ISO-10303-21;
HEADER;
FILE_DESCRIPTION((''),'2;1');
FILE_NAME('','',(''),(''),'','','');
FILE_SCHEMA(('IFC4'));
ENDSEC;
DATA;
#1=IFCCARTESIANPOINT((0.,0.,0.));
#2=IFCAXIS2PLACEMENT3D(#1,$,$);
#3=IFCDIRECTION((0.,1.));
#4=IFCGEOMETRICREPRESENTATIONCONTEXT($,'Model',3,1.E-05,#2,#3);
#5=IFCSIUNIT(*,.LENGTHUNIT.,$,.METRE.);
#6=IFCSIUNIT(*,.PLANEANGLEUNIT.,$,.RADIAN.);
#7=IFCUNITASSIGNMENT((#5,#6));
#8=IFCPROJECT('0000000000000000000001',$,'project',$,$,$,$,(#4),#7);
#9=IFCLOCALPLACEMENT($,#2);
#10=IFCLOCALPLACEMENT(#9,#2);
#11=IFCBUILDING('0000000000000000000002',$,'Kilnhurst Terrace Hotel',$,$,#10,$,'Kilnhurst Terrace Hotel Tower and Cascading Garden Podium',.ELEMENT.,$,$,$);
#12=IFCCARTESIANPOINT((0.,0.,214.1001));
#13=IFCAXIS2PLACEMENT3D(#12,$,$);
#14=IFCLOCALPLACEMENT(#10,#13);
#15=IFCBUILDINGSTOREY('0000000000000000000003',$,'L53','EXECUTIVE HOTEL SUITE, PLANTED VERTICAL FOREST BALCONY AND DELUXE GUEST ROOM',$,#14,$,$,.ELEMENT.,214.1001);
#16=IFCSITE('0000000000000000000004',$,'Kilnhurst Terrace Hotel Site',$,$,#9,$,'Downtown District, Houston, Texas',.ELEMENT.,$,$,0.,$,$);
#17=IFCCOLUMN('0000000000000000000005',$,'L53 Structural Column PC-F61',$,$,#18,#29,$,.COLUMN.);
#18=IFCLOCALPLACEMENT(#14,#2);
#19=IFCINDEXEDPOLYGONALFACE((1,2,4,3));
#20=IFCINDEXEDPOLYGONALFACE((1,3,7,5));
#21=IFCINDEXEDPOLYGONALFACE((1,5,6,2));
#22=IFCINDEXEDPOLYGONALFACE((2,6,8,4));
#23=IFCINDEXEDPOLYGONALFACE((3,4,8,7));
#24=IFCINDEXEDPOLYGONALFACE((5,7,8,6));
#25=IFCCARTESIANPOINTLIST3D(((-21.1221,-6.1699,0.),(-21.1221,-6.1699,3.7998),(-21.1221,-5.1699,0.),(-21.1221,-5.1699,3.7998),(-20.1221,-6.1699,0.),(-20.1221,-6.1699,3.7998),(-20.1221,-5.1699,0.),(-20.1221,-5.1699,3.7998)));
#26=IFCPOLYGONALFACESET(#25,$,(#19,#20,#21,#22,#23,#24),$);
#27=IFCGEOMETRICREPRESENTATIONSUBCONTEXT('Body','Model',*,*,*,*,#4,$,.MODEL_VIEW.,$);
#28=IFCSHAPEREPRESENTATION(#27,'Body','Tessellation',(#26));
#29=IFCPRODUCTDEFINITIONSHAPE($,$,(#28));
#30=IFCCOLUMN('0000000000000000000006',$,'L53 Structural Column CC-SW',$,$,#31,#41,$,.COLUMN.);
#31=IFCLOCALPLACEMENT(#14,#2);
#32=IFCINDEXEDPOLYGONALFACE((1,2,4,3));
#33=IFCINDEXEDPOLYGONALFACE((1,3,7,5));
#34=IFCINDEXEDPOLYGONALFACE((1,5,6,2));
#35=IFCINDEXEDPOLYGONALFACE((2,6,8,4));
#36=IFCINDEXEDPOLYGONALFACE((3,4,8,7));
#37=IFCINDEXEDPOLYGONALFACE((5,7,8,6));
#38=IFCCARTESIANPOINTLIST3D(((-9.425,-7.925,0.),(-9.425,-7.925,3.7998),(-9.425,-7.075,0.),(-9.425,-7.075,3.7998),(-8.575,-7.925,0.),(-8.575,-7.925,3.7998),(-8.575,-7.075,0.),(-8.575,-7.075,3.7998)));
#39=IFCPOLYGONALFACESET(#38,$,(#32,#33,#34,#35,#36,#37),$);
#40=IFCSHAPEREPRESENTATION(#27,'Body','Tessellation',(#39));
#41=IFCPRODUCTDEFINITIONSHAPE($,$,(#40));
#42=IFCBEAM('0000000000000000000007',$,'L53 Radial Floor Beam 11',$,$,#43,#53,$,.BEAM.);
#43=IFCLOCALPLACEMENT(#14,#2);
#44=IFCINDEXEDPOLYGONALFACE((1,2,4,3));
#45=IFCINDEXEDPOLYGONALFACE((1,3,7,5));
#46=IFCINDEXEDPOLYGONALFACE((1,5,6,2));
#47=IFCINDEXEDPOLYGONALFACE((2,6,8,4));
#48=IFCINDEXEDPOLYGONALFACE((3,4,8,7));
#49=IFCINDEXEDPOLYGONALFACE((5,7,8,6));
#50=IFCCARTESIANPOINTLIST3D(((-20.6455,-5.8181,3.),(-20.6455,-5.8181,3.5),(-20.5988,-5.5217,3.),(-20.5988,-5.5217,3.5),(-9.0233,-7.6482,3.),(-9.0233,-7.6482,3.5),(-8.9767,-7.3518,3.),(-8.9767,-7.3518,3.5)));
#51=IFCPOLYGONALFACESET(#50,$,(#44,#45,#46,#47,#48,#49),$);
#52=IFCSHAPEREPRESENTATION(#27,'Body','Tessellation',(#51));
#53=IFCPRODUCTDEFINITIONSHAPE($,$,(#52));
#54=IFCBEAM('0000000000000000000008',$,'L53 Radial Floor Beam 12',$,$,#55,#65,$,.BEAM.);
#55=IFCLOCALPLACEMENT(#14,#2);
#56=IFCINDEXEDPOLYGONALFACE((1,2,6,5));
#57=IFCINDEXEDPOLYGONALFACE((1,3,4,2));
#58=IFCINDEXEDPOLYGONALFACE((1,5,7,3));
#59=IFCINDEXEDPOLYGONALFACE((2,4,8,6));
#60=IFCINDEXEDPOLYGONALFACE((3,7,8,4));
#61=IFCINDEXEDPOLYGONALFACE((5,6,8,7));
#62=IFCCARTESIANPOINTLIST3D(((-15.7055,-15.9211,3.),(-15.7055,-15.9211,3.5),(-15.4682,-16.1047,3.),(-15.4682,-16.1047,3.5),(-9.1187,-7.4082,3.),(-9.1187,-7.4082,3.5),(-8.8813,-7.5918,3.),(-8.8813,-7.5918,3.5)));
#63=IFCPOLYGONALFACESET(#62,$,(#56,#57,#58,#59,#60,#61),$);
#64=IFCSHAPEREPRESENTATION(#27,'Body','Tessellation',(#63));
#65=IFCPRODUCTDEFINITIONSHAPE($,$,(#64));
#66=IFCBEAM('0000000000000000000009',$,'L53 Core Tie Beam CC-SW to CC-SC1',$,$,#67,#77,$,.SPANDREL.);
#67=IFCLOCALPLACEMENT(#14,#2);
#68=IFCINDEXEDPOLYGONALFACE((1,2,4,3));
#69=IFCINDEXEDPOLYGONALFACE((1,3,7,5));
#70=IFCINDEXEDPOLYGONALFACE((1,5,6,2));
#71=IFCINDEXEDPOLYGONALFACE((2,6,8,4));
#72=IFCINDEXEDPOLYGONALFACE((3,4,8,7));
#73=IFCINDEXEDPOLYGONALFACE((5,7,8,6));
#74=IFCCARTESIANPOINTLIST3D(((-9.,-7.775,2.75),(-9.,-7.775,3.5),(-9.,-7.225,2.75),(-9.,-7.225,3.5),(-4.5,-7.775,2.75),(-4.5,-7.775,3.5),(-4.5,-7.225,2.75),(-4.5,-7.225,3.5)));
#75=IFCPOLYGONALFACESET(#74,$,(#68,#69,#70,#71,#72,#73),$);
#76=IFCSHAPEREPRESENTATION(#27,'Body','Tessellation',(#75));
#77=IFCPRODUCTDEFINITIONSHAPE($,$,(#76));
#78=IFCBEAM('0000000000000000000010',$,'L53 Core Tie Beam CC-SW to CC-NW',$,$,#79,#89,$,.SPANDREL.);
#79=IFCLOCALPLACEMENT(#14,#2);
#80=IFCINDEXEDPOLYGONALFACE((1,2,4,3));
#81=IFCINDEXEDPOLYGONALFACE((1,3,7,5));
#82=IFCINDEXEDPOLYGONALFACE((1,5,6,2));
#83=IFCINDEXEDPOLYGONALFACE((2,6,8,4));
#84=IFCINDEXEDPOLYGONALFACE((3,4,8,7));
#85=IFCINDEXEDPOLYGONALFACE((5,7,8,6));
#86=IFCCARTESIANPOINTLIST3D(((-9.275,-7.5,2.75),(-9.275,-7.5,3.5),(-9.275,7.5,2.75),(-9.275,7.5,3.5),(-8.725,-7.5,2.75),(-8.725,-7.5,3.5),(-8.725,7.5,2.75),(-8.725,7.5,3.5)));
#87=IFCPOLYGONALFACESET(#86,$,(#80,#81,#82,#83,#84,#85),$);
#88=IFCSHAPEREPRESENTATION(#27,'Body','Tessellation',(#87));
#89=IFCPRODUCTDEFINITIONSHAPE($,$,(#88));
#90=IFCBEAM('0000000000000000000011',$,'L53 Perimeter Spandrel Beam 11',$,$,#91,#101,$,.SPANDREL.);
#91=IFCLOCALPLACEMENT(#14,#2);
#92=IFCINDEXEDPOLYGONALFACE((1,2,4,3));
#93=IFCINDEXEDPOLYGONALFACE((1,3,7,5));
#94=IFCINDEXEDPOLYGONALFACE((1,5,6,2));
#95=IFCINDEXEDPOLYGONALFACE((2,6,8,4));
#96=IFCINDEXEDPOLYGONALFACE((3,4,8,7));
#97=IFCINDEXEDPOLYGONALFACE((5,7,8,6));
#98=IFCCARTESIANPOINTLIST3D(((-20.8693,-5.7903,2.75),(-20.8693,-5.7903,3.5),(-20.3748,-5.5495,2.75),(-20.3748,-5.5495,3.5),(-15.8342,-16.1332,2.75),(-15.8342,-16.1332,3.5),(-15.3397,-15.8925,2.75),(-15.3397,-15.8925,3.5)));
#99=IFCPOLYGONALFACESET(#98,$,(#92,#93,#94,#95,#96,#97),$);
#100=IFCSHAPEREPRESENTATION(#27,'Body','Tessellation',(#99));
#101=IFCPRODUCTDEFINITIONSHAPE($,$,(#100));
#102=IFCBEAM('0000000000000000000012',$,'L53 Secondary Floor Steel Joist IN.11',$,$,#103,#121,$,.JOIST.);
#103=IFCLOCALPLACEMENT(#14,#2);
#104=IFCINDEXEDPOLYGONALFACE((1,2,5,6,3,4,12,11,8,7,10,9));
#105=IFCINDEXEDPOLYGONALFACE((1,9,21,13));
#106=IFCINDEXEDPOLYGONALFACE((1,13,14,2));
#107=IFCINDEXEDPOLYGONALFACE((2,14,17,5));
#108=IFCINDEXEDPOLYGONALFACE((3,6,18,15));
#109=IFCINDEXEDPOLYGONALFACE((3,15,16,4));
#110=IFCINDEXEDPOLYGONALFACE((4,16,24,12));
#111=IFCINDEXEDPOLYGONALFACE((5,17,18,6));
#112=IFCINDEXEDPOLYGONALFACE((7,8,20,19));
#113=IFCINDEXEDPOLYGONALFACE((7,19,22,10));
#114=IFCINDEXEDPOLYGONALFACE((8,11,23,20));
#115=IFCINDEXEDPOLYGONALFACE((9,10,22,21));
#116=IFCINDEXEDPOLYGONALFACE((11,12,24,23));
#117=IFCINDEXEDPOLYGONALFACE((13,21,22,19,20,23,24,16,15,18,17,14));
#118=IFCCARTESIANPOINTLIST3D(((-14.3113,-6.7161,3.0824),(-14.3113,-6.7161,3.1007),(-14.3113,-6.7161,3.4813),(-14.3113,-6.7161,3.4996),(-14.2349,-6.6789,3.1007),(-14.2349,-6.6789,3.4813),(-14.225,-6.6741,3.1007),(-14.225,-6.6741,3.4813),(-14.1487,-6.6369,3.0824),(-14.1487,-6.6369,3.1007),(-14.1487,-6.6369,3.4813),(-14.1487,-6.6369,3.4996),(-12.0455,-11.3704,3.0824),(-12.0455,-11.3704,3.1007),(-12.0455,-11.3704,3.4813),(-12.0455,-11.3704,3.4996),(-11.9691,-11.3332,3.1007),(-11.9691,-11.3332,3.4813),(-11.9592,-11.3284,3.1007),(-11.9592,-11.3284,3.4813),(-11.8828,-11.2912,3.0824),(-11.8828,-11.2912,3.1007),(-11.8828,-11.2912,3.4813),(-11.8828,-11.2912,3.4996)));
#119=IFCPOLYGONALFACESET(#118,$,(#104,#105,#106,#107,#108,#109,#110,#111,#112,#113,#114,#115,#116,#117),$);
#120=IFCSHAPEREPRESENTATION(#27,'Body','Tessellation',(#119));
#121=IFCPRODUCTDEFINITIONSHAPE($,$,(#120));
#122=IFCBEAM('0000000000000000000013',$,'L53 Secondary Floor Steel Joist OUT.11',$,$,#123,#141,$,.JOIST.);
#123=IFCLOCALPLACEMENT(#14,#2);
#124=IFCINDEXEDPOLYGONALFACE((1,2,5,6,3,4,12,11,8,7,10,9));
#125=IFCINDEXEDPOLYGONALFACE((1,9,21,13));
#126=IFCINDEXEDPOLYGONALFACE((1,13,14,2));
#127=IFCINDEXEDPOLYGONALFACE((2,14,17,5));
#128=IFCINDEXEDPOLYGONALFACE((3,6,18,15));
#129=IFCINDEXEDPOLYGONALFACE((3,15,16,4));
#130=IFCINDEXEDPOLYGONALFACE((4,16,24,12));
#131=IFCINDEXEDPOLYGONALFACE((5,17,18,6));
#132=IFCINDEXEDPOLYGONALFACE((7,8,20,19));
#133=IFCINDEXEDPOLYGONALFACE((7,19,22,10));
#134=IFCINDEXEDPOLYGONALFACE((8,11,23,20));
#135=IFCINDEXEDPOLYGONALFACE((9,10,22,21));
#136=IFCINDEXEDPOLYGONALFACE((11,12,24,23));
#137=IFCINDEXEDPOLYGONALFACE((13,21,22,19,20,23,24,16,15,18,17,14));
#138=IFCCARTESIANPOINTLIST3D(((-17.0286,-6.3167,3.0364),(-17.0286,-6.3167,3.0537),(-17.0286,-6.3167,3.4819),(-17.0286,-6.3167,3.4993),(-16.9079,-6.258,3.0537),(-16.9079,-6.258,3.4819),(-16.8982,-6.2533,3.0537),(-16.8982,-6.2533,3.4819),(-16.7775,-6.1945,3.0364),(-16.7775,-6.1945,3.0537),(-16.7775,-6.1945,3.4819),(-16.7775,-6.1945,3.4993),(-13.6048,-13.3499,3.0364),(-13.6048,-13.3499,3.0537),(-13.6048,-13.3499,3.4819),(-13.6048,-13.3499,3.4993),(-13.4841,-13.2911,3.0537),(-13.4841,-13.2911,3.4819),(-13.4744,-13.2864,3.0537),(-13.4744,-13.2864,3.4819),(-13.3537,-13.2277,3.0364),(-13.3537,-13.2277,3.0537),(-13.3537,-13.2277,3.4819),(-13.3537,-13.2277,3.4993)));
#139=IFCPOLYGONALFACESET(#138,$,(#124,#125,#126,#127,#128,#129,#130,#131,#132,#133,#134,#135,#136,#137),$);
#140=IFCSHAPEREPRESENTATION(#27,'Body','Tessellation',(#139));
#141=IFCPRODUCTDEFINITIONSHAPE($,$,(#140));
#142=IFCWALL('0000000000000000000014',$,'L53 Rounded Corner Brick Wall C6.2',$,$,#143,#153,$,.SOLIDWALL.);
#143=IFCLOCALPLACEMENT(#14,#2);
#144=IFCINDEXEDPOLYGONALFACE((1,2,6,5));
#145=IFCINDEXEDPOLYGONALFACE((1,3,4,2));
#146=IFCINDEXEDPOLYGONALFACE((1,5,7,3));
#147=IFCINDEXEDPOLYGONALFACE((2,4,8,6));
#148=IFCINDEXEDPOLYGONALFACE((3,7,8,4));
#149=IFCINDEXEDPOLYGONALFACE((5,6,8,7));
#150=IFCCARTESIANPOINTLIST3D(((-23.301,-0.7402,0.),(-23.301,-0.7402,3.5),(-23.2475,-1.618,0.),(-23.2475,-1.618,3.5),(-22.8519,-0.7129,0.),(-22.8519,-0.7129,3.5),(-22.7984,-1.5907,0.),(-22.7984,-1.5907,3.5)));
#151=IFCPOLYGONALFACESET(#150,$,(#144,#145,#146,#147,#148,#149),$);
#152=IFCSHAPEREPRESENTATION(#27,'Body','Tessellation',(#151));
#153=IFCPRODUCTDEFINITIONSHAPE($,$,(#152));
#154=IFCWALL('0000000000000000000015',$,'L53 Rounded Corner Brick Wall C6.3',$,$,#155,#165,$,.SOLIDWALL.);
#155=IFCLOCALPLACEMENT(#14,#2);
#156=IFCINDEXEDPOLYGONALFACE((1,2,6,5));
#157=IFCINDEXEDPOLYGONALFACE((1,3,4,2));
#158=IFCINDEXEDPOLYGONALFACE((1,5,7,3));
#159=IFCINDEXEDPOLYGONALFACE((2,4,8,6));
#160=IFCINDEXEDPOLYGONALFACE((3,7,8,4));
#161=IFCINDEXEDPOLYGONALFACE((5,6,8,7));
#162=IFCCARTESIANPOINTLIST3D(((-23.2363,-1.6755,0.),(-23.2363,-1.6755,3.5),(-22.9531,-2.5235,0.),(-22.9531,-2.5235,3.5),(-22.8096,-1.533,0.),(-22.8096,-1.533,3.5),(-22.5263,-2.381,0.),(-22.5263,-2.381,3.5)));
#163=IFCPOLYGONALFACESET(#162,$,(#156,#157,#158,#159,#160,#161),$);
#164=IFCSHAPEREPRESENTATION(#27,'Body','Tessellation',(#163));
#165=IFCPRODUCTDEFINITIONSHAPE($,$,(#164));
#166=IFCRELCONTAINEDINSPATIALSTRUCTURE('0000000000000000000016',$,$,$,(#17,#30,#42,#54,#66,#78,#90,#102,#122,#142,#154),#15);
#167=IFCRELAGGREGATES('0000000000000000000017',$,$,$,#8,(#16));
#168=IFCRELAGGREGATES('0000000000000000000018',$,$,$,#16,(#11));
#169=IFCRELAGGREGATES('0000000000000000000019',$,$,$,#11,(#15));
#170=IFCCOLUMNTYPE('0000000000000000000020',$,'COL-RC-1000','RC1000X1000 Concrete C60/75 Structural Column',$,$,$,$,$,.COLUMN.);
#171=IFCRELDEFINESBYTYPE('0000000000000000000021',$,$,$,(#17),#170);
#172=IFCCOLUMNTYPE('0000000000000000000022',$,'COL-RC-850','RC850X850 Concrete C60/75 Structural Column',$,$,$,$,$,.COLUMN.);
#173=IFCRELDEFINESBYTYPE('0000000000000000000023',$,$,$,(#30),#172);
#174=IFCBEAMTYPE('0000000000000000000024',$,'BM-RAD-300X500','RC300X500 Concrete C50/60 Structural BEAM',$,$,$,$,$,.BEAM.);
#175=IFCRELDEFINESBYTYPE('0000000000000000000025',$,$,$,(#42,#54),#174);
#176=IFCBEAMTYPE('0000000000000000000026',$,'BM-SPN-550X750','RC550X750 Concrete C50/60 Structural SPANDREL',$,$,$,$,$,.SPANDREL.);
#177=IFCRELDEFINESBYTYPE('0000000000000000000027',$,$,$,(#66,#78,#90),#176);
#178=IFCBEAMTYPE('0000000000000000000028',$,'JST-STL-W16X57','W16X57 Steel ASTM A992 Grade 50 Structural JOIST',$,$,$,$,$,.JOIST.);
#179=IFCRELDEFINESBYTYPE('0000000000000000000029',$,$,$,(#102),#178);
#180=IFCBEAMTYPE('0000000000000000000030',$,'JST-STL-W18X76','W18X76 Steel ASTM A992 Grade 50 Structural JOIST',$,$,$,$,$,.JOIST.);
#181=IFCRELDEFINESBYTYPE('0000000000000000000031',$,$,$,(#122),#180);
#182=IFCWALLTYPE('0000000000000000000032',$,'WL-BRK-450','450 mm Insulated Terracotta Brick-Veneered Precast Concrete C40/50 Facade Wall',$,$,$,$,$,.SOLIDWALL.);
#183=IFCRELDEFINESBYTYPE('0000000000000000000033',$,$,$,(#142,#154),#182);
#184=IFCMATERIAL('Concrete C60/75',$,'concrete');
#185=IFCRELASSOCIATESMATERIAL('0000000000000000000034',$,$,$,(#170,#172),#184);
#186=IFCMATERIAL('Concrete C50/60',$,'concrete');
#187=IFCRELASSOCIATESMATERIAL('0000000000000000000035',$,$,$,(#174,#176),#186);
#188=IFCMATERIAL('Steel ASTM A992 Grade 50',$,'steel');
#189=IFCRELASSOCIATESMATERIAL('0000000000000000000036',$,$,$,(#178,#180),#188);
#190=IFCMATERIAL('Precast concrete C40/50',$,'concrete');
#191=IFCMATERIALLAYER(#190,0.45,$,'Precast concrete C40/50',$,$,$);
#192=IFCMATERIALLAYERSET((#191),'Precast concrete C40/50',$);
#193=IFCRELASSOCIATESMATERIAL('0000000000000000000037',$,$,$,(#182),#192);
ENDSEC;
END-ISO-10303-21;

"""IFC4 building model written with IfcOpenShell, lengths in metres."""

from ifc_helpers import new_model, si_unit, direction, frame, frame_2d, origin, origin_2d, place, context, subcontext, project, spatial, rectangle, i_section, extrude, material, layer, layer_set, material_profile, profile_set, type_object, element, save


model = new_model("IFC4")

# Units and contexts
model_context = context("Model", 3, precision=1e-05, world=origin(), true_north=direction((0.0, 1.0)))
body_context = subcontext(model_context, "Body", "Model", "MODEL_VIEW")
ifc_project = project(units=[si_unit("LENGTHUNIT", "METRE"), si_unit("PLANEANGLEUNIT", "RADIAN")], contexts=[model_context])

# Site, building, storey
site_placement = place(None, origin())
site = spatial("IfcSite", under=ifc_project, at=site_placement, Name="Kilnhurst Terrace Hotel Site", LongName="Downtown District, Houston, Texas", CompositionType="ELEMENT", RefElevation=0.0)
building_placement = place(site_placement, origin())
building = spatial("IfcBuilding", under=site, at=building_placement, Name="Kilnhurst Terrace Hotel", LongName="Kilnhurst Terrace Hotel Tower and Cascading Garden Podium", CompositionType="ELEMENT")
storey_placement = place(building_placement, frame((0.0, 0.0, 214.1001)))
storey = spatial("IfcBuildingStorey", under=building, at=storey_placement, Name="L53", Description="EXECUTIVE HOTEL SUITE, PLANTED VERTICAL FOREST BALCONY AND DELUXE GUEST ROOM", CompositionType="ELEMENT", Elevation=214.1001)

# Columns
ifc_material_1 = material(Name="Concrete C60/75", Category="concrete")
ifc_material_profile_1 = material_profile(ifc_material_1, rectangle(XDim=1.0, YDim=1.0, at=origin_2d()), Name="RC1000X1000")
ifc_profile_set_1 = profile_set([ifc_material_profile_1], Name="Concrete C60/75")
column_type_1 = type_object("IfcColumnType", Name="COL-RC-1000", Description="RC1000X1000 Concrete C60/75 Structural Column", PredefinedType="COLUMN", material=ifc_profile_set_1)
column_1_placement = place(storey_placement, frame((-20.6221, -5.6699, 0.0), z_axis=(0.0, 0.0, 1.0), x_axis=(1.0, 0.0, 0.0)))
element("IfcColumn", 1, at=column_1_placement, inside=storey, type_object=column_type_1, Name="L53 Structural Column PC-F61", PredefinedType="COLUMN", context=body_context, shape_type="SweptSolid", body=[
    extrude(rectangle(XDim=1.0, YDim=1.0, at=origin_2d()), origin(), (0.0, 0.0, 1.0), 3.7998),
])
ifc_material_profile_2 = material_profile(ifc_material_1, rectangle(XDim=0.8501, YDim=0.8501, at=origin_2d()), Name="RC850X850")
ifc_profile_set_2 = profile_set([ifc_material_profile_2], Name="Concrete C60/75")
column_type_2 = type_object("IfcColumnType", Name="COL-RC-850", Description="RC850X850 Concrete C60/75 Structural Column", PredefinedType="COLUMN", material=ifc_profile_set_2)
column_2_placement = place(storey_placement, frame((-9.0, -7.5, 0.0), z_axis=(0.0, 0.0, 1.0), x_axis=(1.0, 0.0, 0.0)))
element("IfcColumn", 2, at=column_2_placement, inside=storey, type_object=column_type_2, Name="L53 Structural Column CC-SW", PredefinedType="COLUMN", context=body_context, shape_type="SweptSolid", body=[
    extrude(rectangle(XDim=0.8501, YDim=0.8501, at=origin_2d()), origin(), (0.0, 0.0, 1.0), 3.7998),
])

# Beams
ifc_material_2 = material(Name="Concrete C50/60", Category="concrete")
ifc_material_profile_3 = material_profile(ifc_material_2, rectangle(XDim=0.3, YDim=0.5, at=origin_2d()), Name="RC300X500")
ifc_profile_set_3 = profile_set([ifc_material_profile_3], Name="Concrete C50/60")
beam_type_1 = type_object("IfcBeamType", Name="BM-RAD-300X500", Description="RC300X500 Concrete C50/60 Structural BEAM", PredefinedType="BEAM", material=ifc_profile_set_3)
beam_1_placement = place(storey_placement, frame((-9.0, -7.5, 3.25), z_axis=(-0.987828, 0.155549, 0.0), x_axis=(-0.155549, -0.987828, 0.0)))
element("IfcBeam", 3, at=beam_1_placement, inside=storey, type_object=beam_type_1, Name="L53 Radial Floor Beam 11", PredefinedType="BEAM", context=body_context, shape_type="SweptSolid", body=[
    extrude(rectangle(XDim=0.3, YDim=0.5, at=origin_2d()), origin(), (0.0, 0.0, 1.0), 11.7654),
])
beam_2_placement = place(storey_placement, frame((-9.0, -7.5, 3.25), z_axis=(-0.611955, -0.790892, 0.0), x_axis=(0.790892, -0.611955, 0.0)))
element("IfcBeam", 4, at=beam_2_placement, inside=storey, type_object=beam_type_1, Name="L53 Radial Floor Beam 12", PredefinedType="BEAM", context=body_context, shape_type="SweptSolid", body=[
    extrude(rectangle(XDim=0.3, YDim=0.5, at=origin_2d()), origin(), (0.0, 0.0, 1.0), 10.7637),
])
ifc_material_profile_4 = material_profile(ifc_material_2, rectangle(XDim=0.55, YDim=0.75, at=origin_2d()), Name="RC550X750")
ifc_profile_set_4 = profile_set([ifc_material_profile_4], Name="Concrete C50/60")
beam_type_2 = type_object("IfcBeamType", Name="BM-SPN-550X750", Description="RC550X750 Concrete C50/60 Structural SPANDREL", PredefinedType="SPANDREL", material=ifc_profile_set_4)
beam_3_placement = place(storey_placement, frame((-9.0, -7.5, 3.125), z_axis=(1.0, 0.0, 0.0), x_axis=(0.0, 1.0, 0.0)))
element("IfcBeam", 5, at=beam_3_placement, inside=storey, type_object=beam_type_2, Name="L53 Core Tie Beam CC-SW to CC-SC1", PredefinedType="SPANDREL", context=body_context, shape_type="SweptSolid", body=[
    extrude(rectangle(XDim=0.55, YDim=0.75, at=origin_2d()), origin(), (0.0, 0.0, 1.0), 4.5),
])
beam_4_placement = place(storey_placement, frame((-9.0, -7.5, 3.125), z_axis=(0.0, 1.0, 0.0), x_axis=(-1.0, 0.0, 0.0)))
element("IfcBeam", 6, at=beam_4_placement, inside=storey, type_object=beam_type_2, Name="L53 Core Tie Beam CC-SW to CC-NW", PredefinedType="SPANDREL", context=body_context, shape_type="SweptSolid", body=[
    extrude(rectangle(XDim=0.55, YDim=0.75, at=origin_2d()), origin(), (0.0, 0.0, 1.0), 15.0),
])
beam_5_placement = place(storey_placement, frame((-20.6221, -5.6699, 3.125), z_axis=(0.437706, -0.899118, 0.0), x_axis=(0.899118, 0.437706, 0.0)))
element("IfcBeam", 7, at=beam_5_placement, inside=storey, type_object=beam_type_2, Name="L53 Perimeter Spandrel Beam 11", PredefinedType="SPANDREL", context=body_context, shape_type="SweptSolid", body=[
    extrude(rectangle(XDim=0.55, YDim=0.75, at=origin_2d()), origin(), (0.0, 0.0, 1.0), 11.5034),
])
ifc_material_3 = material(Name="Steel ASTM A992 Grade 50", Category="steel")
ifc_material_profile_5 = material_profile(ifc_material_3, i_section(OverallWidth=0.1809, OverallDepth=0.4172, WebThickness=0.011, FlangeThickness=0.0183, at=origin_2d()), Name="W16X57")
ifc_profile_set_5 = profile_set([ifc_material_profile_5], Name="Steel ASTM A992 Grade 50")
beam_type_3 = type_object("IfcBeamType", Name="JST-STL-W16X57", Description="W16X57 Steel ASTM A992 Grade 50 Structural JOIST", PredefinedType="JOIST", material=ifc_profile_set_5)
beam_6_placement = place(storey_placement, frame((-14.23, -6.6765, 3.291), z_axis=(0.437718, -0.899112, 0.0), x_axis=(0.899112, 0.437718, 0.0)))
element("IfcBeam", 8, at=beam_6_placement, inside=storey, type_object=beam_type_3, Name="L53 Secondary Floor Steel Joist IN.11", PredefinedType="JOIST", context=body_context, shape_type="SweptSolid", body=[
    extrude(i_section(OverallWidth=0.1809, OverallDepth=0.4172, WebThickness=0.011, FlangeThickness=0.0183, at=origin_2d()), origin(), (0.0, 0.0, 1.0), 5.1765),
])
ifc_material_profile_6 = material_profile(ifc_material_3, i_section(OverallWidth=0.2793, OverallDepth=0.4629, WebThickness=0.0107, FlangeThickness=0.0173, at=origin_2d()), Name="W18X76")
ifc_profile_set_6 = profile_set([ifc_material_profile_6], Name="Steel ASTM A992 Grade 50")
beam_type_4 = type_object("IfcBeamType", Name="JST-STL-W18X76", Description="W18X76 Steel ASTM A992 Grade 50 Structural JOIST", PredefinedType="JOIST", material=ifc_profile_set_6)
beam_7_placement = place(storey_placement, frame((-16.9031, -6.2556, 3.2678), z_axis=(0.4377, -0.899121, 0.0), x_axis=(0.899121, 0.4377, 0.0)))
element("IfcBeam", 9, at=beam_7_placement, inside=storey, type_object=beam_type_4, Name="L53 Secondary Floor Steel Joist OUT.11", PredefinedType="JOIST", context=body_context, shape_type="SweptSolid", body=[
    extrude(i_section(OverallWidth=0.2793, OverallDepth=0.4629, WebThickness=0.0107, FlangeThickness=0.0173, at=origin_2d()), origin(), (0.0, 0.0, 1.0), 7.8223),
])

# Walls
ifc_material_4 = material(Name="Precast concrete C40/50", Category="concrete")
ifc_layer_1 = layer(ifc_material_4, 0.45, Name="Precast concrete C40/50")
ifc_layer_set_1 = layer_set([ifc_layer_1], Name="Precast concrete C40/50")
wall_type_1 = type_object("IfcWallType", Name="WL-BRK-450", Description="450 mm Insulated Terracotta Brick-Veneered Precast Concrete C40/50 Facade Wall", PredefinedType="SOLIDWALL", material=ifc_layer_set_1)
wall_1_placement = place(storey_placement, frame((-23.0764, -0.7266, 0.0), z_axis=(0.0, 0.0, 1.0), x_axis=(0.060805, -0.99815, 0.0)))
element("IfcWall", 10, at=wall_1_placement, inside=storey, type_object=wall_type_1, Name="L53 Rounded Corner Brick Wall C6.2", PredefinedType="SOLIDWALL", context=body_context, shape_type="SweptSolid", body=[
    extrude(rectangle(XDim=0.8794, YDim=0.45, at=frame_2d((0.4397, 0.0))), origin(), (0.0, 0.0, 1.0), 3.5),
])
wall_2_placement = place(storey_placement, frame((-23.0229, -1.6042, 0.0), z_axis=(0.0, 0.0, 1.0), x_axis=(0.316801, -0.948492, 0.0)))
element("IfcWall", 11, at=wall_2_placement, inside=storey, type_object=wall_type_1, Name="L53 Rounded Corner Brick Wall C6.3", PredefinedType="SOLIDWALL", context=body_context, shape_type="SweptSolid", body=[
    extrude(rectangle(XDim=0.894, YDim=0.45, at=frame_2d((0.447, 0.0))), origin(), (0.0, 0.0, 1.0), 3.5),
])

save(model, "model.ifc")
